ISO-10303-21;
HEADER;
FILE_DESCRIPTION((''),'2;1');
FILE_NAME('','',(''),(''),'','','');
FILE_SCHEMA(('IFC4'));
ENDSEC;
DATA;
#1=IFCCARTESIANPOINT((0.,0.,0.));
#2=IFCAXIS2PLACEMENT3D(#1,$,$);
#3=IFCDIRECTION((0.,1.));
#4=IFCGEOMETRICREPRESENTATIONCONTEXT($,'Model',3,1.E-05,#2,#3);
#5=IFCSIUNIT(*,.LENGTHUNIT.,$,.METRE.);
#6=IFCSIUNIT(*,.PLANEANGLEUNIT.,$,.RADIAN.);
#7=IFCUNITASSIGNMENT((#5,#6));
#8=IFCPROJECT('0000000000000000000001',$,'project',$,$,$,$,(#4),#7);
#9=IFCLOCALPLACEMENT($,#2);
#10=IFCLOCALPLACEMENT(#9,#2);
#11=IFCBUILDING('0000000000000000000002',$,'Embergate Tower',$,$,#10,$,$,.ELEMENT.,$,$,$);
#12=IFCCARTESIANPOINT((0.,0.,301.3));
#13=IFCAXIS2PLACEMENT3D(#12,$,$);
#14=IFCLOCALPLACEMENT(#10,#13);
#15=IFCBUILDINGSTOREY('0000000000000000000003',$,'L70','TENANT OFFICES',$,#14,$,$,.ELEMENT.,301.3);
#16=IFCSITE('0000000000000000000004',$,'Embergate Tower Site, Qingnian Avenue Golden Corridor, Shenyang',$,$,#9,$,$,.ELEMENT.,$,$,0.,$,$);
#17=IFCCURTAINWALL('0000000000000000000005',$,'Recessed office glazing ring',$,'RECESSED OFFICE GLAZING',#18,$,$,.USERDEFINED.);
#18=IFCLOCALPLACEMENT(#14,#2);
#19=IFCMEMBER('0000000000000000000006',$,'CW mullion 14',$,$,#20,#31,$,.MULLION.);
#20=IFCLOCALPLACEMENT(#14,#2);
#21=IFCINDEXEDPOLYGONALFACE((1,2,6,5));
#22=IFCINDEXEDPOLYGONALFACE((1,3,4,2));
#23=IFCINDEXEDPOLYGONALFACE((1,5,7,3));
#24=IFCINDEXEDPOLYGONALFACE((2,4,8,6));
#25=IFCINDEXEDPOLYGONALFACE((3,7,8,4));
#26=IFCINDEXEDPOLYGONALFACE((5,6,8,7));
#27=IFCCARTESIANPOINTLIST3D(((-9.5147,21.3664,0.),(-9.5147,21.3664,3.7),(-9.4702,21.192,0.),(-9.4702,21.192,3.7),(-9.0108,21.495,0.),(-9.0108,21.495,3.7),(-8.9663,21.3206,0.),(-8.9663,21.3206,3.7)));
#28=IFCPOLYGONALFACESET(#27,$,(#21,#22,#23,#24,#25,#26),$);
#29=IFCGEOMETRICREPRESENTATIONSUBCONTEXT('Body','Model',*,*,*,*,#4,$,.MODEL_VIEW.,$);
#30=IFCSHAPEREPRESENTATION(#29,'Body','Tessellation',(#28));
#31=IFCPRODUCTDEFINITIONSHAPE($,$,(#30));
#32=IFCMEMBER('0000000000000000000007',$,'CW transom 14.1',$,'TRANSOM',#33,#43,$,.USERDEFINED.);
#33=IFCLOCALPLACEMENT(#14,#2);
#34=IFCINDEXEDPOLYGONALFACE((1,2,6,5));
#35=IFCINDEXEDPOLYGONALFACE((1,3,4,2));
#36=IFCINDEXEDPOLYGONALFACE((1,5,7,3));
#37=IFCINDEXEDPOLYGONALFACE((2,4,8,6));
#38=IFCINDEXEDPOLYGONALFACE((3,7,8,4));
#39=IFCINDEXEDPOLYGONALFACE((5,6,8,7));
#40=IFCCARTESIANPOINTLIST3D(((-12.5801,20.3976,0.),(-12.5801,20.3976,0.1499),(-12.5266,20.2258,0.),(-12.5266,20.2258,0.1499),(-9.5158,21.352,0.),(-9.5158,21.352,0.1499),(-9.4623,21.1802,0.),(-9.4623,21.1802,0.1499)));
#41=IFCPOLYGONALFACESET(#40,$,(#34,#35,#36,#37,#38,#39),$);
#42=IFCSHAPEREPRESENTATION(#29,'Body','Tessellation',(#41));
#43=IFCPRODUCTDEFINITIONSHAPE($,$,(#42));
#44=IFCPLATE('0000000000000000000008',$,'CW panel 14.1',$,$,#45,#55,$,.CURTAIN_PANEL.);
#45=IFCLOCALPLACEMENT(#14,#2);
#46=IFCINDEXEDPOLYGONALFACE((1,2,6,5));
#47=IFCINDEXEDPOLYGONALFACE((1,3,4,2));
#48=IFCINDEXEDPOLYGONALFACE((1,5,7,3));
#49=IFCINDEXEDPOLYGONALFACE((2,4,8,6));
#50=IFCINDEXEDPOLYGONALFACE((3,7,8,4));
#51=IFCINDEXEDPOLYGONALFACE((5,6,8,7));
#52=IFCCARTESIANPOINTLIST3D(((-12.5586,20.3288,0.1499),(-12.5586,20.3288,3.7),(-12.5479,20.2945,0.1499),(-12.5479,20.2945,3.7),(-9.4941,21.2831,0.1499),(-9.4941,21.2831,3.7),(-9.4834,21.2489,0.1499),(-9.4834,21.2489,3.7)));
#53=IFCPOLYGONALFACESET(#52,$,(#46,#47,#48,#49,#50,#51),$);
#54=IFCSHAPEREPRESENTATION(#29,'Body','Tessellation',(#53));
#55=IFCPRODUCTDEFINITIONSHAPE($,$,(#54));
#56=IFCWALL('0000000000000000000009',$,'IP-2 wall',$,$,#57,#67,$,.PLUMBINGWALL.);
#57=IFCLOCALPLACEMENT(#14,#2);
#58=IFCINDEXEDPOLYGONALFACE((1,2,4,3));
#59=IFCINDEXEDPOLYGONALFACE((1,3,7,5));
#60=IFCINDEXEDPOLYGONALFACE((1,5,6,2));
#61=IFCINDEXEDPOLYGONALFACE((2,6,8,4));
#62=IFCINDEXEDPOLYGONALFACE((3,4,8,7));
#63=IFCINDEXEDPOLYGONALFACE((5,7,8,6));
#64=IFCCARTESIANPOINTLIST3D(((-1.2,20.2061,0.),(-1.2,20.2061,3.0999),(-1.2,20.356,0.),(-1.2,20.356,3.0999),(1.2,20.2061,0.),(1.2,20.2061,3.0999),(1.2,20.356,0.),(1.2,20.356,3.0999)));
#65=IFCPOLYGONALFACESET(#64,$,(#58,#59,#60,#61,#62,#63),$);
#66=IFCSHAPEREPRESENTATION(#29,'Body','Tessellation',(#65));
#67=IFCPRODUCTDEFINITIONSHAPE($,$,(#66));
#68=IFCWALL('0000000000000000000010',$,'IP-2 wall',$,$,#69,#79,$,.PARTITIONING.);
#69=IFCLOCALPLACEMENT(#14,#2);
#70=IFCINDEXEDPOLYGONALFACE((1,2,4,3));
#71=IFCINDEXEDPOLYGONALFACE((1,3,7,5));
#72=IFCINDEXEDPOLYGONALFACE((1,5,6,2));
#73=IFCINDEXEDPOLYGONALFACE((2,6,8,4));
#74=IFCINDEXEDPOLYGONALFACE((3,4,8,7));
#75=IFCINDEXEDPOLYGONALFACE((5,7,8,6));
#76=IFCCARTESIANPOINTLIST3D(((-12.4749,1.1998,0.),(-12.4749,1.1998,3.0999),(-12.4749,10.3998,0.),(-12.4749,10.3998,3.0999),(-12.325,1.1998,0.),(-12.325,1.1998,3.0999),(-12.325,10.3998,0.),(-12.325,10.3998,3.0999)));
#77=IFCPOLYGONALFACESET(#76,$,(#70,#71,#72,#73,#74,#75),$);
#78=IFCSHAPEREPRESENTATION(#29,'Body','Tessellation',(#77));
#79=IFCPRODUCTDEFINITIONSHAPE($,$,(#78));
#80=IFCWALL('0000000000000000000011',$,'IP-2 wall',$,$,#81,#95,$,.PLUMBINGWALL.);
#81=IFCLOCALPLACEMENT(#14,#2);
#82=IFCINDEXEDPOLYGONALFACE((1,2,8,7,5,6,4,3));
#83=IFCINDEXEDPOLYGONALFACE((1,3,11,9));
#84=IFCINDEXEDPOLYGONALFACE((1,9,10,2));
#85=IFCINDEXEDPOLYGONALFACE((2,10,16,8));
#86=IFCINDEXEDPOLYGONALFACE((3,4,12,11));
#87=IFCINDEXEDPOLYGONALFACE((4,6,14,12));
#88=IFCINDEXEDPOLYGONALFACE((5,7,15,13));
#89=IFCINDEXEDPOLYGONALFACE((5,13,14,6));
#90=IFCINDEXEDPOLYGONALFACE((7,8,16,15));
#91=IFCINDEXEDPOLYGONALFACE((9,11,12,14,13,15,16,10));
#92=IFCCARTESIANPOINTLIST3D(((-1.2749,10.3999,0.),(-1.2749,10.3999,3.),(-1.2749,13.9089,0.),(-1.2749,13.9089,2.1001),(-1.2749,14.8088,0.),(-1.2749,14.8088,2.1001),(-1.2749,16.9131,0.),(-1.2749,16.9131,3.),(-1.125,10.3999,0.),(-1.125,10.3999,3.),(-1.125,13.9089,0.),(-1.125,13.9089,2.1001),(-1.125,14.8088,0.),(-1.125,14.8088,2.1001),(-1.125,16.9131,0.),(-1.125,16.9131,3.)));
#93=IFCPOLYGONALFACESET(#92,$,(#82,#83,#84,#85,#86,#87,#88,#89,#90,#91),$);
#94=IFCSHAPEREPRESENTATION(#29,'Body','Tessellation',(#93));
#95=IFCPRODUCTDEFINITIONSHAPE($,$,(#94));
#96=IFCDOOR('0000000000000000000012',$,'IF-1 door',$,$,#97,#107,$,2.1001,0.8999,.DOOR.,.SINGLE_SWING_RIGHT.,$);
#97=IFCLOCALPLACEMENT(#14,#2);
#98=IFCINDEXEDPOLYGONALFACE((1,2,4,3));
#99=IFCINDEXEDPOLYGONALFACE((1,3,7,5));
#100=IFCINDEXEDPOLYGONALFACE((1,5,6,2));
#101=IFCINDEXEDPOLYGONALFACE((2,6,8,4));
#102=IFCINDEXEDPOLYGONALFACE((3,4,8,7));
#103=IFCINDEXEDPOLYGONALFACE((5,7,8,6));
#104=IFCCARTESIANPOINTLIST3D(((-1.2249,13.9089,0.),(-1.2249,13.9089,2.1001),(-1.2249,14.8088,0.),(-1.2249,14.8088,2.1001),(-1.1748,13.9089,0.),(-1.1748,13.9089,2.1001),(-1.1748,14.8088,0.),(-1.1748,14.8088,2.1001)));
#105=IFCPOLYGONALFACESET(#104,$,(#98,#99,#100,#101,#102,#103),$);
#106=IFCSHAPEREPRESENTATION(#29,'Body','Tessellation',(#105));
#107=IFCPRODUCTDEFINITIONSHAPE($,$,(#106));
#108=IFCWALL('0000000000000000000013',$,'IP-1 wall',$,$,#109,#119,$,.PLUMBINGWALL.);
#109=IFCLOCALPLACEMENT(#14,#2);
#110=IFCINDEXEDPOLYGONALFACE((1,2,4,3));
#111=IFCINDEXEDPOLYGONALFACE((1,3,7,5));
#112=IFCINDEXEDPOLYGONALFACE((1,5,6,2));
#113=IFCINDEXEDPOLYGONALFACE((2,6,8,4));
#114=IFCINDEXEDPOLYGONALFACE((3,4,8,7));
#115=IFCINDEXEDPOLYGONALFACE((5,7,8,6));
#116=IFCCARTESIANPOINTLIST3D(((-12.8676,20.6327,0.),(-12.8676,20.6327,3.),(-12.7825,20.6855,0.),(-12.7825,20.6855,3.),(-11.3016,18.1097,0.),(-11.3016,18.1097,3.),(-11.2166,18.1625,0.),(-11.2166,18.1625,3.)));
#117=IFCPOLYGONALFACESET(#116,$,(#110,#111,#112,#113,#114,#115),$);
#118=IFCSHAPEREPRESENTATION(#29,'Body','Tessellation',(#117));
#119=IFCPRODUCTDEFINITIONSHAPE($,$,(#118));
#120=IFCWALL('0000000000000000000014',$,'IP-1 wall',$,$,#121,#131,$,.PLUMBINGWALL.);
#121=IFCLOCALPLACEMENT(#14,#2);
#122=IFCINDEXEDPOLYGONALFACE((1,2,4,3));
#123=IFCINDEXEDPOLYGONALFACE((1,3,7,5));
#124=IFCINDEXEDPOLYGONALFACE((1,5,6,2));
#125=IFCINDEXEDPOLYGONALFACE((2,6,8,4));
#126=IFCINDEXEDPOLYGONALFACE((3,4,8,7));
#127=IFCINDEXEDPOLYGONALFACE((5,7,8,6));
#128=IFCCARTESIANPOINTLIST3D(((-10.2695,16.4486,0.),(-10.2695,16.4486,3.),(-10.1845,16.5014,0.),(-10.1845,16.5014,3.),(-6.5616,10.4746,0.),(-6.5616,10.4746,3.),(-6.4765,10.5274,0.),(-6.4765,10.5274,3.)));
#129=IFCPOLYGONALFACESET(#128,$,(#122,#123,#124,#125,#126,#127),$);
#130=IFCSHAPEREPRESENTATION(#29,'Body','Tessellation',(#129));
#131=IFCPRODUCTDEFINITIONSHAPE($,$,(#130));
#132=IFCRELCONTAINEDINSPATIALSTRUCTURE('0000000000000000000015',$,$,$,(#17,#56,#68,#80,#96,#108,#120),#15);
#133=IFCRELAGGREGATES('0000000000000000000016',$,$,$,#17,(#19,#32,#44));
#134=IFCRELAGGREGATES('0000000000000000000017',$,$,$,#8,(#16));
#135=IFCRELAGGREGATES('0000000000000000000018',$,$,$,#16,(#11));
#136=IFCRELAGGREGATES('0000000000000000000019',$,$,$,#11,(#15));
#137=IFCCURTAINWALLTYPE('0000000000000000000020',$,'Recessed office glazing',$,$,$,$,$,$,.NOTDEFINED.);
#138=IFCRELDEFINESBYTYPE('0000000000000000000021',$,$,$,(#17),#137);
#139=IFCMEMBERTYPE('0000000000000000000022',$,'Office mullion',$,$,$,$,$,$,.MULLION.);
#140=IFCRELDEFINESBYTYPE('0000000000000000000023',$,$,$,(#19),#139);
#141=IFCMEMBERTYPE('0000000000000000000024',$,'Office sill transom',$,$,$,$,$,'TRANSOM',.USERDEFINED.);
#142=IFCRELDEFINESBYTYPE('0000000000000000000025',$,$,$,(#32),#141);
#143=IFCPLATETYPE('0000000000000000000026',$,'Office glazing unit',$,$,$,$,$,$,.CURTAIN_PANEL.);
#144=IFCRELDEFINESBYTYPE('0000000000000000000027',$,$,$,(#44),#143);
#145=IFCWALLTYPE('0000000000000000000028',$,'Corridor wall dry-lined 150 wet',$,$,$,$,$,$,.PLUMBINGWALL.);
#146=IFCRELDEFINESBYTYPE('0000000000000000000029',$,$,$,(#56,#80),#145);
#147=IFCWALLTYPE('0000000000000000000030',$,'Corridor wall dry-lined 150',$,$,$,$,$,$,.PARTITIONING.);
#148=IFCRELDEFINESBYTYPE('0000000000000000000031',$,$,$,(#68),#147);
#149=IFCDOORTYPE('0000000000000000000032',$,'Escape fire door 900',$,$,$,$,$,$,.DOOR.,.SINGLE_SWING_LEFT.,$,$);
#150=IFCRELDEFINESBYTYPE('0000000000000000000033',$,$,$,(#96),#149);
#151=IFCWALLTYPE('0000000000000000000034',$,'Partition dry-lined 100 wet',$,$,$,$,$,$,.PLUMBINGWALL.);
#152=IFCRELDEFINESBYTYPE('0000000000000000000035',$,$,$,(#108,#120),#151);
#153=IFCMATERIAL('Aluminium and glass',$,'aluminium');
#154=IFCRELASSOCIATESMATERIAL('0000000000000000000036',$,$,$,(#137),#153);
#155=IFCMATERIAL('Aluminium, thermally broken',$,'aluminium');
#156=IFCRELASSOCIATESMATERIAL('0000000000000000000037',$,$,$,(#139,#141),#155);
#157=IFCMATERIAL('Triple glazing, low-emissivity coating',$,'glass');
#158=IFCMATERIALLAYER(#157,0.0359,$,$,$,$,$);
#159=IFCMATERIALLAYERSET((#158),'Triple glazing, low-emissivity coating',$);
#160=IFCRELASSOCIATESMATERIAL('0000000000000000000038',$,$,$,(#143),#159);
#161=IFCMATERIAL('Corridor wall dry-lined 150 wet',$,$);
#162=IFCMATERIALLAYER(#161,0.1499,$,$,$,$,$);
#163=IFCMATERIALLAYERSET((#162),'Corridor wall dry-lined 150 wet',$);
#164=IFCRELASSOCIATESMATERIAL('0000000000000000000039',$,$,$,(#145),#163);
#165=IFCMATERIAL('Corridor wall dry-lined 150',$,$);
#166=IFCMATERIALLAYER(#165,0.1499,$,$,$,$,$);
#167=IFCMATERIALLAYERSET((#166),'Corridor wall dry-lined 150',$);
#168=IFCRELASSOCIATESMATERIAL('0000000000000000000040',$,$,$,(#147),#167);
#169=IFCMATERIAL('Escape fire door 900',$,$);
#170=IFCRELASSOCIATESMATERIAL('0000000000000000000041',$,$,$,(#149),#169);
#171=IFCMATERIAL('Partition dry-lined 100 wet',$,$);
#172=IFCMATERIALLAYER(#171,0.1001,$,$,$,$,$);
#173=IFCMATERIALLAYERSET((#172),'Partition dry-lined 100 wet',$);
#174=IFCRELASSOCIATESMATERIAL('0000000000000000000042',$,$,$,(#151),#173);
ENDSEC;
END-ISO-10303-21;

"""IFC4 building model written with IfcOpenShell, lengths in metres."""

from ifc_helpers import new_model, si_unit, direction, frame, frame_2d, origin, origin_2d, place, context, subcontext, project, spatial, rectangle, extrude, source, transform, mapped, material, layer, layer_set, material_profile, profile_set, type_object, element, fill, aggregate, save


model = new_model("IFC4")

# Units and contexts
model_context = context("Model", 3, precision=1e-05, world=origin(), true_north=direction((0.0, 1.0)))
body_context = subcontext(model_context, "Body", "Model", "MODEL_VIEW")
ifc_project = project(units=[si_unit("LENGTHUNIT", "METRE"), si_unit("PLANEANGLEUNIT", "RADIAN")], contexts=[model_context])

# Site, building, storey
site_placement = place(None, origin())
site = spatial("IfcSite", under=ifc_project, at=site_placement, Name="Embergate Tower Site, Qingnian Avenue Golden Corridor, Shenyang", CompositionType="ELEMENT", RefElevation=0.0)
building_placement = place(site_placement, origin())
building = spatial("IfcBuilding", under=site, at=building_placement, Name="Embergate Tower", CompositionType="ELEMENT")
storey_placement = place(building_placement, frame((0.0, 0.0, 301.3)))
storey = spatial("IfcBuildingStorey", under=building, at=storey_placement, Name="L70", Description="TENANT OFFICES", CompositionType="ELEMENT", Elevation=301.3)

# Curtain wall, members, plate
ifc_material_1 = material(Name="Aluminium and glass", Category="aluminium")
curtain_wall_type = type_object("IfcCurtainWallType", Name="Recessed office glazing", PredefinedType="NOTDEFINED", material=ifc_material_1)
curtain_wall_placement = place(storey_placement, origin())
curtain_wall = element("IfcCurtainWall", 1, at=curtain_wall_placement, inside=storey, type_object=curtain_wall_type, Name="Recessed office glazing ring", ObjectType="RECESSED OFFICE GLAZING", PredefinedType="USERDEFINED")
ifc_material_2 = material(Name="Aluminium, thermally broken", Category="aluminium")
ifc_material_profile_1 = material_profile(ifc_material_2, rectangle(XDim=0.1799, YDim=0.52, at=origin_2d()), Name="AL 520x180")
ifc_profile_set_1 = profile_set([ifc_material_profile_1], Name="Aluminium, thermally broken")
member_type_1 = type_object("IfcMemberType", Name="Office mullion", PredefinedType="MULLION", material=ifc_profile_set_1)
shared_shape_1 = source(origin(), body_context, "Body", "SweptSolid", [
    extrude(rectangle(XDim=0.1799, YDim=0.52, at=origin_2d()), origin(), (0.0, 0.0, 1.0), 3.7),
])
member_1_placement = place(storey_placement, frame((-9.2405, 21.3435, 0.0), z_axis=(0.0, 0.0, 1.0), x_axis=(0.247312, -0.968936, 0.0)))
member_1 = element("IfcMember", 2, at=member_1_placement, type_object=member_type_1, Name="CW mullion 14", PredefinedType="MULLION", context=body_context, shape_type="MappedRepresentation", body=[
    mapped(shared_shape_1, transform((0.0, 0.0, 0.0))),
])
ifc_material_profile_2 = material_profile(ifc_material_2, rectangle(XDim=0.1799, YDim=0.1499, at=origin_2d()), Name="AL 150x180")
ifc_profile_set_2 = profile_set([ifc_material_profile_2], Name="Aluminium, thermally broken")
member_type_2 = type_object("IfcMemberType", Name="Office sill transom", ElementType="TRANSOM", PredefinedType="USERDEFINED", material=ifc_profile_set_2)
shared_shape_2 = source(origin(), body_context, "Body", "SweptSolid", [
    extrude(rectangle(XDim=0.1799, YDim=0.1499, at=origin_2d()), origin(), (0.0, 0.0, 1.0), 3.2095),
])
member_2_placement = place(storey_placement, frame((-9.489, 21.2661, 0.075), z_axis=(-0.954765, -0.297361, 0.0), x_axis=(0.297361, -0.954765, 0.0)))
member_2 = element("IfcMember", 3, at=member_2_placement, type_object=member_type_2, Name="CW transom 14.1", ObjectType="TRANSOM", PredefinedType="USERDEFINED", context=body_context, shape_type="MappedRepresentation", body=[
    mapped(shared_shape_2, transform((0.0, 0.0, 0.0))),
])
ifc_material_3 = material(Name="Triple glazing, low-emissivity coating", Category="glass")
ifc_layer_1 = layer(ifc_material_3, 0.0359)
ifc_layer_set_1 = layer_set([ifc_layer_1], Name="Triple glazing, low-emissivity coating")
plate_type = type_object("IfcPlateType", Name="Office glazing unit", PredefinedType="CURTAIN_PANEL", material=ifc_layer_set_1)
shared_shape_3 = source(origin(), body_context, "Body", "SweptSolid", [
    extrude(rectangle(XDim=3.2097, YDim=0.0359, at=origin_2d()), origin(), (0.0, 0.0, 1.0), 3.55),
])
plate_placement = place(storey_placement, frame((-11.021, 20.7888, 0.1499), z_axis=(0.0, 0.0, 1.0), x_axis=(-0.954771, -0.297342, 0.0)))
plate = element("IfcPlate", 4, at=plate_placement, type_object=plate_type, Name="CW panel 14.1", PredefinedType="CURTAIN_PANEL", context=body_context, shape_type="MappedRepresentation", body=[
    mapped(shared_shape_3, transform((0.0, 0.0, 0.0))),
])
aggregate(curtain_wall, [member_1, member_2, plate])

# Walls
ifc_material_4 = material(Name="Corridor wall dry-lined 150 wet")
ifc_layer_2 = layer(ifc_material_4, 0.1499)
ifc_layer_set_2 = layer_set([ifc_layer_2], Name="Corridor wall dry-lined 150 wet")
wall_type_1 = type_object("IfcWallType", Name="Corridor wall dry-lined 150 wet", PredefinedType="PLUMBINGWALL", material=ifc_layer_set_2)
shared_shape_4 = source(origin(), body_context, "Body", "SweptSolid", [
    extrude(rectangle(XDim=2.3999, YDim=0.1499, at=frame_2d((1.2, 0.0))), origin(), (0.0, 0.0, 1.0), 3.0999),
])
wall_1_placement = place(storey_placement, frame((-1.2, 20.281, 0.0), z_axis=(0.0, 0.0, 1.0), x_axis=(1.0, 0.0, 0.0)))
element("IfcWall", 5, at=wall_1_placement, inside=storey, type_object=wall_type_1, Name="IP-2 wall", PredefinedType="PLUMBINGWALL", context=body_context, shape_type="MappedRepresentation", body=[
    mapped(shared_shape_4, transform((0.0, 0.0, 0.0))),
])
ifc_material_5 = material(Name="Corridor wall dry-lined 150")
ifc_layer_3 = layer(ifc_material_5, 0.1499)
ifc_layer_set_3 = layer_set([ifc_layer_3], Name="Corridor wall dry-lined 150")
wall_type_2 = type_object("IfcWallType", Name="Corridor wall dry-lined 150", PredefinedType="PARTITIONING", material=ifc_layer_set_3)
shared_shape_5 = source(origin(), body_context, "Body", "SweptSolid", [
    extrude(rectangle(XDim=9.2, YDim=0.1499, at=frame_2d((4.6001, 0.0))), origin(), (0.0, 0.0, 1.0), 3.0999),
])
wall_2_placement = place(storey_placement, frame((-12.3999, 10.3999, 0.0), z_axis=(0.0, 0.0, 1.0), x_axis=(0.0, -1.0, 0.0)))
element("IfcWall", 6, at=wall_2_placement, inside=storey, type_object=wall_type_2, Name="IP-2 wall", PredefinedType="PARTITIONING", context=body_context, shape_type="MappedRepresentation", body=[
    mapped(shared_shape_5, transform((0.0, 0.0, 0.0))),
])

# Wall, opening, door
shared_shape_6 = source(origin(), body_context, "Body", "SweptSolid", [
    extrude(rectangle(XDim=6.5132, YDim=0.1499, at=frame_2d((3.2566, 0.0))), origin(), (0.0, 0.0, 1.0), 3.0),
])
wall_3_placement = place(storey_placement, frame((-1.2, 10.3999, 0.0), z_axis=(0.0, 0.0, 1.0), x_axis=(0.0, 1.0, 0.0)))
wall_3 = element("IfcWall", 7, at=wall_3_placement, inside=storey, type_object=wall_type_1, Name="IP-2 wall", PredefinedType="PLUMBINGWALL", context=body_context, shape_type="MappedRepresentation", body=[
    mapped(shared_shape_6, transform((0.0, 0.0, 0.0))),
])
shared_shape_7 = source(origin(), body_context, "Body", "SweptSolid", [
    extrude(rectangle(XDim=0.8999, YDim=2.1001, at=frame_2d((0.45, 1.05))), frame((0.0, 0.085, 0.0), z_axis=(0.0, -1.0, 0.0), x_axis=(1.0, 0.0, 0.0)), (0.0, 0.0, 1.0), 0.1699),
])
opening_1_placement = place(wall_3_placement, frame((3.509, 0.0, 0.0)))
opening_1 = element("IfcOpeningElement", 8, at=opening_1_placement, cuts=wall_3, PredefinedType="OPENING", context=body_context, shape_type="MappedRepresentation", body=[
    mapped(shared_shape_7, transform((0.0, 0.0, 0.0))),
])
ifc_material_6 = material(Name="Escape fire door 900")
door_type_1 = type_object("IfcDoorType", Name="Escape fire door 900", OperationType="SINGLE_SWING_LEFT", PredefinedType="DOOR", material=ifc_material_6)
shared_shape_8 = source(origin(), body_context, "Body", "SweptSolid", [
    extrude(rectangle(XDim=0.8999, YDim=2.1001, at=frame_2d((0.45, 1.05))), frame((0.0, 0.0249, 0.0), z_axis=(0.0, -1.0, 0.0), x_axis=(1.0, 0.0, 0.0)), (0.0, 0.0, 1.0), 0.05),
])
door_1_placement = place(opening_1_placement, origin())
door_1 = element("IfcDoor", 9, at=door_1_placement, inside=storey, type_object=door_type_1, Name="IF-1 door", OperationType="SINGLE_SWING_RIGHT", OverallHeight=2.1001, OverallWidth=0.8999, PredefinedType="DOOR", context=body_context, shape_type="MappedRepresentation", body=[
    mapped(shared_shape_8, transform((0.0, 0.0, 0.0))),
])
fill(opening_1, door_1)

# Walls
ifc_material_7 = material(Name="Partition dry-lined 100 wet")
ifc_layer_4 = layer(ifc_material_7, 0.1001)
ifc_layer_set_4 = layer_set([ifc_layer_4], Name="Partition dry-lined 100 wet")
wall_type_3 = type_object("IfcWallType", Name="Partition dry-lined 100 wet", PredefinedType="PLUMBINGWALL", material=ifc_layer_set_4)
shared_shape_9 = source(origin(), body_context, "Body", "SweptSolid", [
    extrude(rectangle(XDim=2.9695, YDim=0.1001, at=frame_2d((1.4849, 0.0))), origin(), (0.0, 0.0, 1.0), 3.0),
])
wall_4_placement = place(storey_placement, frame((-11.259, 18.136, 0.0), z_axis=(0.0, 0.0, 1.0), x_axis=(-0.527351, 0.849648, 0.0)))
element("IfcWall", 10, at=wall_4_placement, inside=storey, type_object=wall_type_3, Name="IP-1 wall", PredefinedType="PLUMBINGWALL", context=body_context, shape_type="MappedRepresentation", body=[
    mapped(shared_shape_9, transform((0.0, 0.0, 0.0))),
])
shared_shape_10 = source(origin(), body_context, "Body", "SweptSolid", [
    extrude(rectangle(XDim=7.0312, YDim=0.1001, at=frame_2d((3.5156, 0.0))), origin(), (0.0, 0.0, 1.0), 3.0),
])
wall_5_placement = place(storey_placement, frame((-6.519, 10.501, 0.0), z_axis=(0.0, 0.0, 1.0), x_axis=(-0.527356, 0.849644, 0.0)))
element("IfcWall", 11, at=wall_5_placement, inside=storey, type_object=wall_type_3, Name="IP-1 wall", PredefinedType="PLUMBINGWALL", context=body_context, shape_type="MappedRepresentation", body=[
    mapped(shared_shape_10, transform((0.0, 0.0, 0.0))),
])

save(model, "model.ifc")
